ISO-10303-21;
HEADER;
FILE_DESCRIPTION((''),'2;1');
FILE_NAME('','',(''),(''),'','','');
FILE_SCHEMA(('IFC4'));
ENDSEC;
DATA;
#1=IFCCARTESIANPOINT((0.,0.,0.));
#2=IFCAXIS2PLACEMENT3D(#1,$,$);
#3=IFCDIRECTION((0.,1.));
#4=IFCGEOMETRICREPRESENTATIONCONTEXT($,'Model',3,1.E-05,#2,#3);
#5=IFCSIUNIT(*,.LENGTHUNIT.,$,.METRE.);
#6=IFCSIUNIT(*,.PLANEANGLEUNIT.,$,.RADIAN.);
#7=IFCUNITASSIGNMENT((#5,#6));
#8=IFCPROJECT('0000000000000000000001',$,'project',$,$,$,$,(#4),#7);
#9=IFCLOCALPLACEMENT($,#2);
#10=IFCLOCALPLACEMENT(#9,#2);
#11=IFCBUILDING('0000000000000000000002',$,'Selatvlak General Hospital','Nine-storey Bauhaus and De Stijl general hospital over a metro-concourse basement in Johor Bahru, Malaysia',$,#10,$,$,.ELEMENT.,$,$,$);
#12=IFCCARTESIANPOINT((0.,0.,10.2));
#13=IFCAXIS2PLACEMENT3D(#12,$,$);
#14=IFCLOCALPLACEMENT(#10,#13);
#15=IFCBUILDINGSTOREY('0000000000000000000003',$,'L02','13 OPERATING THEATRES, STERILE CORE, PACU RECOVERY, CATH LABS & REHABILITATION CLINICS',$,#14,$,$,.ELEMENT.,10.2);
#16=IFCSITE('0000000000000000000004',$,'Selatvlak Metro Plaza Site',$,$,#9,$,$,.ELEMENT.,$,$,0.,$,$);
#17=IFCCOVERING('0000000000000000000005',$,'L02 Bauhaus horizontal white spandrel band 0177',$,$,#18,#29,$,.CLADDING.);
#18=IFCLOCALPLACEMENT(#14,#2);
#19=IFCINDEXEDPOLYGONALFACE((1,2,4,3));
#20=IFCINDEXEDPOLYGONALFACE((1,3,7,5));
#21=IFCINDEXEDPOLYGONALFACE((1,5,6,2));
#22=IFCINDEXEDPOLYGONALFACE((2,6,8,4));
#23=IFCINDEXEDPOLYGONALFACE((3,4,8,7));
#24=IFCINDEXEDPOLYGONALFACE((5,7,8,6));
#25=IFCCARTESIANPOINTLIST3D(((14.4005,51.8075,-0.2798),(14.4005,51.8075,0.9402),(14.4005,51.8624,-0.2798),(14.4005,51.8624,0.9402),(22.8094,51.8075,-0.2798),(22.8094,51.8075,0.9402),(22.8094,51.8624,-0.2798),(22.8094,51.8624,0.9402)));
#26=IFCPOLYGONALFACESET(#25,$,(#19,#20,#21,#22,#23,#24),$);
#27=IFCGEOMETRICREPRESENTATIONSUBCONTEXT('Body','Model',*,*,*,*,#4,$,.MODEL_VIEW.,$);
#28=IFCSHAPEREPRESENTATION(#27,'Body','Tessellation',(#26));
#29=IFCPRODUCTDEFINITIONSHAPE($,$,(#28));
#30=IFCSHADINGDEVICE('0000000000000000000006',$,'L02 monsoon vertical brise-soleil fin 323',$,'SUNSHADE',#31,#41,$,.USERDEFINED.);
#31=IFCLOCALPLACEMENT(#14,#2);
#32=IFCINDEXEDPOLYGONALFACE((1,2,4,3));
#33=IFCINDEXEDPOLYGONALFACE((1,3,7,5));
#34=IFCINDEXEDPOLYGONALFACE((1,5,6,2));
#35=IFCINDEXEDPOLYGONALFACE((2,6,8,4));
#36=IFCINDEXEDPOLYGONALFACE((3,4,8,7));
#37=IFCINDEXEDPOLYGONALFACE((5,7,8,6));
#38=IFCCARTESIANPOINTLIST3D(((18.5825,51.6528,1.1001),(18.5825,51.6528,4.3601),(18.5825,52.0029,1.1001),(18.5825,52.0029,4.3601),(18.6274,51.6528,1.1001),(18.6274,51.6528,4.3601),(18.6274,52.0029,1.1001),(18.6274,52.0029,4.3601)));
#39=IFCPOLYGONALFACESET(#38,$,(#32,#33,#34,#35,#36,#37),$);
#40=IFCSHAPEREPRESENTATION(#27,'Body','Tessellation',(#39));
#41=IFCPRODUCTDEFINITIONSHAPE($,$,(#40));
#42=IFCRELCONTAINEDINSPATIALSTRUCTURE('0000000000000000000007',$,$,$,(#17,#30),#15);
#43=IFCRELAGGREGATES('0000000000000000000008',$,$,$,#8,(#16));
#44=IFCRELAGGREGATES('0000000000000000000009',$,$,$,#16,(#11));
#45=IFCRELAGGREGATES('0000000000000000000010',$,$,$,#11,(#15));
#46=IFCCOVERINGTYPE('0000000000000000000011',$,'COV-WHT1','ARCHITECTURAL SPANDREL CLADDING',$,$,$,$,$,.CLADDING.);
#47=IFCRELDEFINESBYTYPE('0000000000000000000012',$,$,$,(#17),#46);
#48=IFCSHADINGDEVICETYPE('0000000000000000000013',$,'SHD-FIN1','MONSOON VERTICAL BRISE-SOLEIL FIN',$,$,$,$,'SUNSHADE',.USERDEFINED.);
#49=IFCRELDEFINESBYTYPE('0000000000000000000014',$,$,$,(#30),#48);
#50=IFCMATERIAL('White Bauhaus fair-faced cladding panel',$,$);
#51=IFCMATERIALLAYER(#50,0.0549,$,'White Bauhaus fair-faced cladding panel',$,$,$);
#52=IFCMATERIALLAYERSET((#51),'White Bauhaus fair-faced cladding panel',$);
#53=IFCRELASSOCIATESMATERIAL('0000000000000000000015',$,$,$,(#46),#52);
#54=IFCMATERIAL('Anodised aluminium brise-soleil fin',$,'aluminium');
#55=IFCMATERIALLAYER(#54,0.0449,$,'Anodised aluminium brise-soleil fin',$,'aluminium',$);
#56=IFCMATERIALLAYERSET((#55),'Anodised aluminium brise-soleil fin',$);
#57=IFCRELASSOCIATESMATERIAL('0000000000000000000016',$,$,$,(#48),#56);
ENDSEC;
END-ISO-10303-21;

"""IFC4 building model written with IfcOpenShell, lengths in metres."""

from ifc_helpers import new_model, si_unit, direction, frame, origin, origin_2d, place, context, subcontext, project, spatial, rectangle, extrude, material, layer, layer_set, type_object, element, save


model = new_model("IFC4")

# Units and contexts
model_context = context("Model", 3, precision=1e-05, world=origin(), true_north=direction((0.0, 1.0)))
body_context = subcontext(model_context, "Body", "Model", "MODEL_VIEW")
ifc_project = project(units=[si_unit("LENGTHUNIT", "METRE"), si_unit("PLANEANGLEUNIT", "RADIAN")], contexts=[model_context])

# Site, building, storey
site_placement = place(None, origin())
site = spatial("IfcSite", under=ifc_project, at=site_placement, Name="Selatvlak Metro Plaza Site", CompositionType="ELEMENT", RefElevation=0.0)
building_placement = place(site_placement, origin())
building = spatial("IfcBuilding", under=site, at=building_placement, Name="Selatvlak General Hospital", Description="Nine-storey Bauhaus and De Stijl general hospital over a metro-concourse basement in Johor Bahru, Malaysia", CompositionType="ELEMENT")
storey_placement = place(building_placement, frame((0.0, 0.0, 10.2)))
storey = spatial("IfcBuildingStorey", under=building, at=storey_placement, Name="L02", Description="13 OPERATING THEATRES, STERILE CORE, PACU RECOVERY, CATH LABS & REHABILITATION CLINICS", CompositionType="ELEMENT", Elevation=10.2)

# Covering
ifc_material_1 = material(Name="White Bauhaus fair-faced cladding panel")
ifc_layer_1 = layer(ifc_material_1, 0.0549, Name="White Bauhaus fair-faced cladding panel")
ifc_layer_set_1 = layer_set([ifc_layer_1], Name="White Bauhaus fair-faced cladding panel")
covering_type_1 = type_object("IfcCoveringType", Name="COV-WHT1", Description="ARCHITECTURAL SPANDREL CLADDING", PredefinedType="CLADDING", material=ifc_layer_set_1)
covering_1_placement = place(storey_placement, frame((18.605, 51.835, -0.2798), z_axis=(0.0, 0.0, 1.0), x_axis=(-1.0, 0.0, 0.0)))
element("IfcCovering", 1, at=covering_1_placement, inside=storey, type_object=covering_type_1, Name="L02 Bauhaus horizontal white spandrel band 0177", PredefinedType="CLADDING", context=body_context, shape_type="SweptSolid", body=[
    extrude(rectangle(XDim=8.4089, YDim=0.0549, at=origin_2d()), origin(), (0.0, 0.0, 1.0), 1.22),
])

# Shading device
ifc_material_2 = material(Name="Anodised aluminium brise-soleil fin", Category="aluminium")
ifc_layer_2 = layer(ifc_material_2, 0.0449, Name="Anodised aluminium brise-soleil fin", Category="aluminium")
ifc_layer_set_2 = layer_set([ifc_layer_2], Name="Anodised aluminium brise-soleil fin")
shading_device_type = type_object("IfcShadingDeviceType", Name="SHD-FIN1", Description="MONSOON VERTICAL BRISE-SOLEIL FIN", ElementType="SUNSHADE", PredefinedType="USERDEFINED", material=ifc_layer_set_2)
shading_device_placement = place(storey_placement, frame((18.605, 51.8279, 1.1001), z_axis=(0.0, 0.0, 1.0), x_axis=(0.0, -1.0, 0.0)))
element("IfcShadingDevice", 2, at=shading_device_placement, inside=storey, type_object=shading_device_type, Name="L02 monsoon vertical brise-soleil fin 323", ObjectType="SUNSHADE", PredefinedType="USERDEFINED", context=body_context, shape_type="SweptSolid", body=[
    extrude(rectangle(XDim=0.3501, YDim=0.0449, at=origin_2d()), origin(), (0.0, 0.0, 1.0), 3.26),
])

save(model, "model.ifc")
